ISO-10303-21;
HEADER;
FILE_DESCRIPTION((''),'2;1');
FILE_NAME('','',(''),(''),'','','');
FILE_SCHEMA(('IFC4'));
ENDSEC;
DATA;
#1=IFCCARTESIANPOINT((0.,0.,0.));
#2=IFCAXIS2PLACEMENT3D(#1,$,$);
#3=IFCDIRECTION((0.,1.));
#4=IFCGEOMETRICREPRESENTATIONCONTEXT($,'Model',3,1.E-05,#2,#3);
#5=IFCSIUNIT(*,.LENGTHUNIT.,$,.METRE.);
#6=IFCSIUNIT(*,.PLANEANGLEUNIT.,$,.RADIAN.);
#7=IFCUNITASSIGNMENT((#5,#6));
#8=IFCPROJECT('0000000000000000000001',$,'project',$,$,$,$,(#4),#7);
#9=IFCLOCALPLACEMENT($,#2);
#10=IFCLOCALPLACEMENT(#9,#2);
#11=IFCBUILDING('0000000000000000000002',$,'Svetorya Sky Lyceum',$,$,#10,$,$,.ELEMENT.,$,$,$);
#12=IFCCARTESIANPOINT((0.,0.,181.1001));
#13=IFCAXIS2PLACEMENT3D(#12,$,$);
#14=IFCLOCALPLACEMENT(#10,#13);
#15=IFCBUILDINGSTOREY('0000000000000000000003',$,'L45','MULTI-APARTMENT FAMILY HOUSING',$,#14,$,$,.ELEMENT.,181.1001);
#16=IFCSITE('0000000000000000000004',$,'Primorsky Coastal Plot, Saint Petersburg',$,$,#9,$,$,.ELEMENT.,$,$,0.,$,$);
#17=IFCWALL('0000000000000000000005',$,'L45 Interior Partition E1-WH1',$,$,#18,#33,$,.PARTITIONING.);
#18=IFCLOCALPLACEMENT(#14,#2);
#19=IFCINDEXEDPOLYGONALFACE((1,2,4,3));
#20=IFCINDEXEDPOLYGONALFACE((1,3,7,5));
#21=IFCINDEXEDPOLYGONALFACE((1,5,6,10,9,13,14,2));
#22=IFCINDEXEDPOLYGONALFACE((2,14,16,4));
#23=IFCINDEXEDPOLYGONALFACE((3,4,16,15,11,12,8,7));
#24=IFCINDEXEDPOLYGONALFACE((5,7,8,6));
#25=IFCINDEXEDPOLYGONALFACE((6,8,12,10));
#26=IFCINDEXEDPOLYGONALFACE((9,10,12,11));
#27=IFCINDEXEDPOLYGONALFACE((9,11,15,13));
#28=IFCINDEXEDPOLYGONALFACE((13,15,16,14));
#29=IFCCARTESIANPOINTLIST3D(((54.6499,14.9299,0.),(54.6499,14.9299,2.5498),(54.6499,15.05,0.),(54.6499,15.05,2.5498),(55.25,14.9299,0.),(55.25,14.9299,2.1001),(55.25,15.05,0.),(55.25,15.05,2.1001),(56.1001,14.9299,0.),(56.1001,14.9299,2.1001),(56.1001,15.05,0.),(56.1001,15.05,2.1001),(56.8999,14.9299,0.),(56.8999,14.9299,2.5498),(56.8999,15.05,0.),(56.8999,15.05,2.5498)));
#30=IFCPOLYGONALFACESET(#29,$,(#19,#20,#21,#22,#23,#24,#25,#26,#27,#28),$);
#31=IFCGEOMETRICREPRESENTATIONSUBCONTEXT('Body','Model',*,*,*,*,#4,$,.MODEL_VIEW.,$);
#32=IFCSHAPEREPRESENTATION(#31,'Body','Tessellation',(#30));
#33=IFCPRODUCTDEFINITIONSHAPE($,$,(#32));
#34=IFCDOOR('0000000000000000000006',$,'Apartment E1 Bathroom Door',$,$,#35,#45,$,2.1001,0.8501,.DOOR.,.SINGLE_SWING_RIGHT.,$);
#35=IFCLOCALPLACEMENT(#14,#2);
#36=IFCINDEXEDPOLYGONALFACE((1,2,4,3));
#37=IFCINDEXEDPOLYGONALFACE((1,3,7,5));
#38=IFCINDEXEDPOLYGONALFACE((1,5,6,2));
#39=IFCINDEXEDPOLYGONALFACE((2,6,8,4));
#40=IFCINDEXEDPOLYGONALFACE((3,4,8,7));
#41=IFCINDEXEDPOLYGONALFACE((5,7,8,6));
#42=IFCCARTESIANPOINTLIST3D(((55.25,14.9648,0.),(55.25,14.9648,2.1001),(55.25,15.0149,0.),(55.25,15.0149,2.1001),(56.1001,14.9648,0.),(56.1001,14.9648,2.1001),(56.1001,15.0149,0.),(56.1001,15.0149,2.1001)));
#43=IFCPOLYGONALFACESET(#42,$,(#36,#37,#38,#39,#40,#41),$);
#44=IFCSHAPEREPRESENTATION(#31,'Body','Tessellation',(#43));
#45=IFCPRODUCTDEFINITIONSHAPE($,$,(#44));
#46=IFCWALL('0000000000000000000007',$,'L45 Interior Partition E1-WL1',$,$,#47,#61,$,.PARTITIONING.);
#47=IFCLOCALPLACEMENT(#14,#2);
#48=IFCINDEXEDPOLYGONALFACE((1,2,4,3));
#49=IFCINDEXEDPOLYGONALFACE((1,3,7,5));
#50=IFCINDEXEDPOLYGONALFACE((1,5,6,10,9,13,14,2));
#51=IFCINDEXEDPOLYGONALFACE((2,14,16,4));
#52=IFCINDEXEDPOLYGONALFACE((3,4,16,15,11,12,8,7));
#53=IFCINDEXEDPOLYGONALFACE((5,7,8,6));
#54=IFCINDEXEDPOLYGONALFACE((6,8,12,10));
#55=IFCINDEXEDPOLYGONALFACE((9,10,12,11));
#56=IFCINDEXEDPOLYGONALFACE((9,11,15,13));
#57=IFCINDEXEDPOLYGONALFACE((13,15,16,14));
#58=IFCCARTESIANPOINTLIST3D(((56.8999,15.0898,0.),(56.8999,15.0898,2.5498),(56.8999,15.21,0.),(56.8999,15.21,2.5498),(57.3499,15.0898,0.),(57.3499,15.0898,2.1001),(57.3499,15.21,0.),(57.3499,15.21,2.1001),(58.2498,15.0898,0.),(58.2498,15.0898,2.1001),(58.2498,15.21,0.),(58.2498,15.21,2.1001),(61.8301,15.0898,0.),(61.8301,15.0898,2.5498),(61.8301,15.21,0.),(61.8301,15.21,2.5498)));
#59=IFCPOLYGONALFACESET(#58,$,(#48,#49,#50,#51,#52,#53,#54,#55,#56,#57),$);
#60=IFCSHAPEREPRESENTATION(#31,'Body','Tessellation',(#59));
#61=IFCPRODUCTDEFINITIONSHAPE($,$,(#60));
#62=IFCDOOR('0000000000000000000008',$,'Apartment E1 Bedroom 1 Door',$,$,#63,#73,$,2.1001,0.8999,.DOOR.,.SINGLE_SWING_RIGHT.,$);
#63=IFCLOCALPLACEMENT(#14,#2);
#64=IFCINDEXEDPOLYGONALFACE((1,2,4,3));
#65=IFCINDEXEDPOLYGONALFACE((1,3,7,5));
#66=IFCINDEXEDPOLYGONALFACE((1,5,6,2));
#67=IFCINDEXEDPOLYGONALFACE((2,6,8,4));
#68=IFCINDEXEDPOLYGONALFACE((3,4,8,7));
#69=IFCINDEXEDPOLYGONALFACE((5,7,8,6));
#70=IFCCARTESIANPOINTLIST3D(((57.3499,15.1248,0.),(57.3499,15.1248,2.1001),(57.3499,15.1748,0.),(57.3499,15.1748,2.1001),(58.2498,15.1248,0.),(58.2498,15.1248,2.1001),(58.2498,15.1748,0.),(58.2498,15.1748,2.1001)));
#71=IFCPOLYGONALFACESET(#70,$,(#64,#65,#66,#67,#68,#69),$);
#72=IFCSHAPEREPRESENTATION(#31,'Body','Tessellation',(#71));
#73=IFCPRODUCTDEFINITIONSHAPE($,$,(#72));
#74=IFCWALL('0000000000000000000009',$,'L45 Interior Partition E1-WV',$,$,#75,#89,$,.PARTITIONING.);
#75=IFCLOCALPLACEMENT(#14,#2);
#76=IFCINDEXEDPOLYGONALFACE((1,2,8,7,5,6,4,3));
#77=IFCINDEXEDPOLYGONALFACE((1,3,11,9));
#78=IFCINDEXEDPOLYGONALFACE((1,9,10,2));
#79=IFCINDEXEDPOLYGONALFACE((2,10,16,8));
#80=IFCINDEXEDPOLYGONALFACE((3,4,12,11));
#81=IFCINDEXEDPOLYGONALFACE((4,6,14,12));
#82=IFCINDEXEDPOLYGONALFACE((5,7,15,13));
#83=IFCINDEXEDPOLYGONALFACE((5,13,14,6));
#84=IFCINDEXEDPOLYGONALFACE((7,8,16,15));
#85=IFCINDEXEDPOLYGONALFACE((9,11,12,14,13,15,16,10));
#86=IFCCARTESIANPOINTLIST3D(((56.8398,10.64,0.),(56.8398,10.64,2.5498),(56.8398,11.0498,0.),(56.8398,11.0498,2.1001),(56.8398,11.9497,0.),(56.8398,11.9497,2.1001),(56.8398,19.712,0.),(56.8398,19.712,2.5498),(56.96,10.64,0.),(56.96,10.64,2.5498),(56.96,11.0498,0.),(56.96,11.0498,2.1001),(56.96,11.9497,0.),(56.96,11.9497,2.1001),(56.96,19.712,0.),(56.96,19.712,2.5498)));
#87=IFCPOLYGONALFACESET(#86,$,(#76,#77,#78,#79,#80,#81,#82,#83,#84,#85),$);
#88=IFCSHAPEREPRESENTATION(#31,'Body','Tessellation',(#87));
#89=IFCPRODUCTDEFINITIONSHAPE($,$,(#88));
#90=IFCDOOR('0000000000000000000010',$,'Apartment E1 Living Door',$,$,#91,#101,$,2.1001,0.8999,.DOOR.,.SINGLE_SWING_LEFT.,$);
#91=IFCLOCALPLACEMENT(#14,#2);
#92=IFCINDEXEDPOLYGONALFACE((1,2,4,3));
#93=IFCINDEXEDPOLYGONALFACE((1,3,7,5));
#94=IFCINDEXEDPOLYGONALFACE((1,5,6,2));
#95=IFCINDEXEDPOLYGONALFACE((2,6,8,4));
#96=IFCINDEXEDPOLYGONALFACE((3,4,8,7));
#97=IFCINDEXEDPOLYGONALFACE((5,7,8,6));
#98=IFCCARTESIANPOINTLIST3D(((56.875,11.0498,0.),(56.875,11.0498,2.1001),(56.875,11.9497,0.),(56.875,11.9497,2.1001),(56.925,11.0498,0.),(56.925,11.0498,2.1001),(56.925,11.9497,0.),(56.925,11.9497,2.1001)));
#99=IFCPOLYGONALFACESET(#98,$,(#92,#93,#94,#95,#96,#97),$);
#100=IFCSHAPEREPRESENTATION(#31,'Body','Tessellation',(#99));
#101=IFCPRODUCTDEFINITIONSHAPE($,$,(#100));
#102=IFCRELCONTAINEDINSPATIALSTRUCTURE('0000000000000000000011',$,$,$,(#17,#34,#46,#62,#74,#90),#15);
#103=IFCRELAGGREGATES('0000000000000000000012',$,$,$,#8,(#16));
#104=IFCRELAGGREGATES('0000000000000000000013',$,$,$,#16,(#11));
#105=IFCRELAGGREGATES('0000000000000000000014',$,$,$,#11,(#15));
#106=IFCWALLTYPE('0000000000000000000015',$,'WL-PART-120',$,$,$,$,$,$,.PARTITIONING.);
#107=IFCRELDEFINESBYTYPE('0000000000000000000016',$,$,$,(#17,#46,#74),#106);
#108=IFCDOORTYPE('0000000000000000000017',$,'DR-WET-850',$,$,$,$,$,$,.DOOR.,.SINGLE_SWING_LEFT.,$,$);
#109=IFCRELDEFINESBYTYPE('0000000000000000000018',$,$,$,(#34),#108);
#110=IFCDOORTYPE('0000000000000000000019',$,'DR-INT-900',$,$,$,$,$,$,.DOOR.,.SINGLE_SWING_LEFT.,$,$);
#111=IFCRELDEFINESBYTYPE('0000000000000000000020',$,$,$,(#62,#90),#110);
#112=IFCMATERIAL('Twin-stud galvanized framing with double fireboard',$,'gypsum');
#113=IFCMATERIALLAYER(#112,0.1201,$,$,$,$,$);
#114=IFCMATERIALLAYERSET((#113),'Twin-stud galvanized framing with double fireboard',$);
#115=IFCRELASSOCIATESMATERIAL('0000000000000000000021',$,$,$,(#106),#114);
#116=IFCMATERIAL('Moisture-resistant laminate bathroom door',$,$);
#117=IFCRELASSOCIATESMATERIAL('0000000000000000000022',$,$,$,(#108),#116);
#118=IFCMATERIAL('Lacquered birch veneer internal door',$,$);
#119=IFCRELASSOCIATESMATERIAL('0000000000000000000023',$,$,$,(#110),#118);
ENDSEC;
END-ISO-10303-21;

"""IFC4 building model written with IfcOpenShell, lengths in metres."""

from ifc_helpers import new_model, si_unit, direction, frame, frame_2d, origin, place, context, subcontext, project, spatial, rectangle, extrude, material, layer, layer_set, type_object, element, fill, save


model = new_model("IFC4")

# Units and contexts
model_context = context("Model", 3, precision=1e-05, world=origin(), true_north=direction((0.0, 1.0)))
body_context = subcontext(model_context, "Body", "Model", "MODEL_VIEW")
ifc_project = project(units=[si_unit("LENGTHUNIT", "METRE"), si_unit("PLANEANGLEUNIT", "RADIAN")], contexts=[model_context])

# Site, building, storey
site_placement = place(None, origin())
site = spatial("IfcSite", under=ifc_project, at=site_placement, Name="Primorsky Coastal Plot, Saint Petersburg", CompositionType="ELEMENT", RefElevation=0.0)
building_placement = place(site_placement, origin())
building = spatial("IfcBuilding", under=site, at=building_placement, Name="Svetorya Sky Lyceum", CompositionType="ELEMENT")
storey_placement = place(building_placement, frame((0.0, 0.0, 181.1001)))
storey = spatial("IfcBuildingStorey", under=building, at=storey_placement, Name="L45", Description="MULTI-APARTMENT FAMILY HOUSING", CompositionType="ELEMENT", Elevation=181.1001)

# Walls, openings, doors
ifc_material_1 = material(Name="Twin-stud galvanized framing with double fireboard", Category="gypsum")
ifc_layer_1 = layer(ifc_material_1, 0.1201)
ifc_layer_set_1 = layer_set([ifc_layer_1], Name="Twin-stud galvanized framing with double fireboard")
wall_type_1 = type_object("IfcWallType", Name="WL-PART-120", PredefinedType="PARTITIONING", material=ifc_layer_set_1)
wall_1_placement = place(storey_placement, frame((54.6499, 14.99, 0.0), z_axis=(0.0, 0.0, 1.0), x_axis=(1.0, 0.0, 0.0)))
wall_1 = element("IfcWall", 1, at=wall_1_placement, inside=storey, type_object=wall_type_1, Name="L45 Interior Partition E1-WH1", PredefinedType="PARTITIONING", context=body_context, shape_type="SweptSolid", body=[
    extrude(rectangle(XDim=2.25, YDim=0.1201, at=frame_2d((1.125, 0.0))), origin(), (0.0, 0.0, 1.0), 2.5498),
])
opening_1_placement = place(wall_1_placement, frame((0.6001, 0.0, 0.0)))
opening_1 = element("IfcOpeningElement", 2, at=opening_1_placement, cuts=wall_1, PredefinedType="OPENING", context=body_context, shape_type="SweptSolid", body=[
    extrude(rectangle(XDim=0.8501, YDim=2.1001, at=frame_2d((0.425, 1.05))), frame((0.0, 0.0701, 0.0), z_axis=(0.0, -1.0, 0.0), x_axis=(1.0, 0.0, 0.0)), (0.0, 0.0, 1.0), 0.1401),
])
ifc_material_2 = material(Name="Moisture-resistant laminate bathroom door")
door_type_1 = type_object("IfcDoorType", Name="DR-WET-850", OperationType="SINGLE_SWING_LEFT", PredefinedType="DOOR", material=ifc_material_2)
door_1_placement = place(opening_1_placement, origin())
door_1 = element("IfcDoor", 3, at=door_1_placement, inside=storey, type_object=door_type_1, Name="Apartment E1 Bathroom Door", OperationType="SINGLE_SWING_RIGHT", OverallHeight=2.1001, OverallWidth=0.8501, PredefinedType="DOOR", context=body_context, shape_type="SweptSolid", body=[
    extrude(rectangle(XDim=0.8501, YDim=2.1001, at=frame_2d((0.425, 1.05))), frame((0.0, 0.0249, 0.0), z_axis=(0.0, -1.0, 0.0), x_axis=(1.0, 0.0, 0.0)), (0.0, 0.0, 1.0), 0.05),
])
fill(opening_1, door_1)
wall_2_placement = place(storey_placement, frame((56.8999, 15.1499, 0.0), z_axis=(0.0, 0.0, 1.0), x_axis=(1.0, 0.0, 0.0)))
wall_2 = element("IfcWall", 4, at=wall_2_placement, inside=storey, type_object=wall_type_1, Name="L45 Interior Partition E1-WL1", PredefinedType="PARTITIONING", context=body_context, shape_type="SweptSolid", body=[
    extrude(rectangle(XDim=4.9302, YDim=0.1201, at=frame_2d((2.4651, 0.0))), origin(), (0.0, 0.0, 1.0), 2.5498),
])
opening_2_placement = place(wall_2_placement, frame((0.45, 0.0, 0.0)))
opening_2 = element("IfcOpeningElement", 5, at=opening_2_placement, cuts=wall_2, PredefinedType="OPENING", context=body_context, shape_type="SweptSolid", body=[
    extrude(rectangle(XDim=0.8999, YDim=2.1001, at=frame_2d((0.45, 1.05))), frame((0.0, 0.0701, 0.0), z_axis=(0.0, -1.0, 0.0), x_axis=(1.0, 0.0, 0.0)), (0.0, 0.0, 1.0), 0.1401),
])
ifc_material_3 = material(Name="Lacquered birch veneer internal door")
door_type_2 = type_object("IfcDoorType", Name="DR-INT-900", OperationType="SINGLE_SWING_LEFT", PredefinedType="DOOR", material=ifc_material_3)
door_2_placement = place(opening_2_placement, origin())
door_2 = element("IfcDoor", 6, at=door_2_placement, inside=storey, type_object=door_type_2, Name="Apartment E1 Bedroom 1 Door", OperationType="SINGLE_SWING_RIGHT", OverallHeight=2.1001, OverallWidth=0.8999, PredefinedType="DOOR", context=body_context, shape_type="SweptSolid", body=[
    extrude(rectangle(XDim=0.8999, YDim=2.1001, at=frame_2d((0.45, 1.05))), frame((0.0, 0.0249, 0.0), z_axis=(0.0, -1.0, 0.0), x_axis=(1.0, 0.0, 0.0)), (0.0, 0.0, 1.0), 0.05),
])
fill(opening_2, door_2)
wall_3_placement = place(storey_placement, frame((56.8999, 10.6399, 0.0), z_axis=(0.0, 0.0, 1.0), x_axis=(0.0, 1.0, 0.0)))
wall_3 = element("IfcWall", 7, at=wall_3_placement, inside=storey, type_object=wall_type_1, Name="L45 Interior Partition E1-WV", PredefinedType="PARTITIONING", context=body_context, shape_type="SweptSolid", body=[
    extrude(rectangle(XDim=9.072, YDim=0.1201, at=frame_2d((4.5361, 0.0))), origin(), (0.0, 0.0, 1.0), 2.5498),
])
opening_3_placement = place(wall_3_placement, frame((0.4099, 0.0, 0.0)))
opening_3 = element("IfcOpeningElement", 8, at=opening_3_placement, cuts=wall_3, PredefinedType="OPENING", context=body_context, shape_type="SweptSolid", body=[
    extrude(rectangle(XDim=0.8999, YDim=2.1001, at=frame_2d((0.45, 1.05))), frame((0.0, 0.0701, 0.0), z_axis=(0.0, -1.0, 0.0), x_axis=(1.0, 0.0, 0.0)), (0.0, 0.0, 1.0), 0.1401),
])
door_3_placement = place(opening_3_placement, origin())
door_3 = element("IfcDoor", 9, at=door_3_placement, inside=storey, type_object=door_type_2, Name="Apartment E1 Living Door", OperationType="SINGLE_SWING_LEFT", OverallHeight=2.1001, OverallWidth=0.8999, PredefinedType="DOOR", context=body_context, shape_type="SweptSolid", body=[
    extrude(rectangle(XDim=0.8999, YDim=2.1001, at=frame_2d((0.45, 1.05))), frame((0.0, 0.0249, 0.0), z_axis=(0.0, -1.0, 0.0), x_axis=(1.0, 0.0, 0.0)), (0.0, 0.0, 1.0), 0.05),
])
fill(opening_3, door_3)

save(model, "model.ifc")
